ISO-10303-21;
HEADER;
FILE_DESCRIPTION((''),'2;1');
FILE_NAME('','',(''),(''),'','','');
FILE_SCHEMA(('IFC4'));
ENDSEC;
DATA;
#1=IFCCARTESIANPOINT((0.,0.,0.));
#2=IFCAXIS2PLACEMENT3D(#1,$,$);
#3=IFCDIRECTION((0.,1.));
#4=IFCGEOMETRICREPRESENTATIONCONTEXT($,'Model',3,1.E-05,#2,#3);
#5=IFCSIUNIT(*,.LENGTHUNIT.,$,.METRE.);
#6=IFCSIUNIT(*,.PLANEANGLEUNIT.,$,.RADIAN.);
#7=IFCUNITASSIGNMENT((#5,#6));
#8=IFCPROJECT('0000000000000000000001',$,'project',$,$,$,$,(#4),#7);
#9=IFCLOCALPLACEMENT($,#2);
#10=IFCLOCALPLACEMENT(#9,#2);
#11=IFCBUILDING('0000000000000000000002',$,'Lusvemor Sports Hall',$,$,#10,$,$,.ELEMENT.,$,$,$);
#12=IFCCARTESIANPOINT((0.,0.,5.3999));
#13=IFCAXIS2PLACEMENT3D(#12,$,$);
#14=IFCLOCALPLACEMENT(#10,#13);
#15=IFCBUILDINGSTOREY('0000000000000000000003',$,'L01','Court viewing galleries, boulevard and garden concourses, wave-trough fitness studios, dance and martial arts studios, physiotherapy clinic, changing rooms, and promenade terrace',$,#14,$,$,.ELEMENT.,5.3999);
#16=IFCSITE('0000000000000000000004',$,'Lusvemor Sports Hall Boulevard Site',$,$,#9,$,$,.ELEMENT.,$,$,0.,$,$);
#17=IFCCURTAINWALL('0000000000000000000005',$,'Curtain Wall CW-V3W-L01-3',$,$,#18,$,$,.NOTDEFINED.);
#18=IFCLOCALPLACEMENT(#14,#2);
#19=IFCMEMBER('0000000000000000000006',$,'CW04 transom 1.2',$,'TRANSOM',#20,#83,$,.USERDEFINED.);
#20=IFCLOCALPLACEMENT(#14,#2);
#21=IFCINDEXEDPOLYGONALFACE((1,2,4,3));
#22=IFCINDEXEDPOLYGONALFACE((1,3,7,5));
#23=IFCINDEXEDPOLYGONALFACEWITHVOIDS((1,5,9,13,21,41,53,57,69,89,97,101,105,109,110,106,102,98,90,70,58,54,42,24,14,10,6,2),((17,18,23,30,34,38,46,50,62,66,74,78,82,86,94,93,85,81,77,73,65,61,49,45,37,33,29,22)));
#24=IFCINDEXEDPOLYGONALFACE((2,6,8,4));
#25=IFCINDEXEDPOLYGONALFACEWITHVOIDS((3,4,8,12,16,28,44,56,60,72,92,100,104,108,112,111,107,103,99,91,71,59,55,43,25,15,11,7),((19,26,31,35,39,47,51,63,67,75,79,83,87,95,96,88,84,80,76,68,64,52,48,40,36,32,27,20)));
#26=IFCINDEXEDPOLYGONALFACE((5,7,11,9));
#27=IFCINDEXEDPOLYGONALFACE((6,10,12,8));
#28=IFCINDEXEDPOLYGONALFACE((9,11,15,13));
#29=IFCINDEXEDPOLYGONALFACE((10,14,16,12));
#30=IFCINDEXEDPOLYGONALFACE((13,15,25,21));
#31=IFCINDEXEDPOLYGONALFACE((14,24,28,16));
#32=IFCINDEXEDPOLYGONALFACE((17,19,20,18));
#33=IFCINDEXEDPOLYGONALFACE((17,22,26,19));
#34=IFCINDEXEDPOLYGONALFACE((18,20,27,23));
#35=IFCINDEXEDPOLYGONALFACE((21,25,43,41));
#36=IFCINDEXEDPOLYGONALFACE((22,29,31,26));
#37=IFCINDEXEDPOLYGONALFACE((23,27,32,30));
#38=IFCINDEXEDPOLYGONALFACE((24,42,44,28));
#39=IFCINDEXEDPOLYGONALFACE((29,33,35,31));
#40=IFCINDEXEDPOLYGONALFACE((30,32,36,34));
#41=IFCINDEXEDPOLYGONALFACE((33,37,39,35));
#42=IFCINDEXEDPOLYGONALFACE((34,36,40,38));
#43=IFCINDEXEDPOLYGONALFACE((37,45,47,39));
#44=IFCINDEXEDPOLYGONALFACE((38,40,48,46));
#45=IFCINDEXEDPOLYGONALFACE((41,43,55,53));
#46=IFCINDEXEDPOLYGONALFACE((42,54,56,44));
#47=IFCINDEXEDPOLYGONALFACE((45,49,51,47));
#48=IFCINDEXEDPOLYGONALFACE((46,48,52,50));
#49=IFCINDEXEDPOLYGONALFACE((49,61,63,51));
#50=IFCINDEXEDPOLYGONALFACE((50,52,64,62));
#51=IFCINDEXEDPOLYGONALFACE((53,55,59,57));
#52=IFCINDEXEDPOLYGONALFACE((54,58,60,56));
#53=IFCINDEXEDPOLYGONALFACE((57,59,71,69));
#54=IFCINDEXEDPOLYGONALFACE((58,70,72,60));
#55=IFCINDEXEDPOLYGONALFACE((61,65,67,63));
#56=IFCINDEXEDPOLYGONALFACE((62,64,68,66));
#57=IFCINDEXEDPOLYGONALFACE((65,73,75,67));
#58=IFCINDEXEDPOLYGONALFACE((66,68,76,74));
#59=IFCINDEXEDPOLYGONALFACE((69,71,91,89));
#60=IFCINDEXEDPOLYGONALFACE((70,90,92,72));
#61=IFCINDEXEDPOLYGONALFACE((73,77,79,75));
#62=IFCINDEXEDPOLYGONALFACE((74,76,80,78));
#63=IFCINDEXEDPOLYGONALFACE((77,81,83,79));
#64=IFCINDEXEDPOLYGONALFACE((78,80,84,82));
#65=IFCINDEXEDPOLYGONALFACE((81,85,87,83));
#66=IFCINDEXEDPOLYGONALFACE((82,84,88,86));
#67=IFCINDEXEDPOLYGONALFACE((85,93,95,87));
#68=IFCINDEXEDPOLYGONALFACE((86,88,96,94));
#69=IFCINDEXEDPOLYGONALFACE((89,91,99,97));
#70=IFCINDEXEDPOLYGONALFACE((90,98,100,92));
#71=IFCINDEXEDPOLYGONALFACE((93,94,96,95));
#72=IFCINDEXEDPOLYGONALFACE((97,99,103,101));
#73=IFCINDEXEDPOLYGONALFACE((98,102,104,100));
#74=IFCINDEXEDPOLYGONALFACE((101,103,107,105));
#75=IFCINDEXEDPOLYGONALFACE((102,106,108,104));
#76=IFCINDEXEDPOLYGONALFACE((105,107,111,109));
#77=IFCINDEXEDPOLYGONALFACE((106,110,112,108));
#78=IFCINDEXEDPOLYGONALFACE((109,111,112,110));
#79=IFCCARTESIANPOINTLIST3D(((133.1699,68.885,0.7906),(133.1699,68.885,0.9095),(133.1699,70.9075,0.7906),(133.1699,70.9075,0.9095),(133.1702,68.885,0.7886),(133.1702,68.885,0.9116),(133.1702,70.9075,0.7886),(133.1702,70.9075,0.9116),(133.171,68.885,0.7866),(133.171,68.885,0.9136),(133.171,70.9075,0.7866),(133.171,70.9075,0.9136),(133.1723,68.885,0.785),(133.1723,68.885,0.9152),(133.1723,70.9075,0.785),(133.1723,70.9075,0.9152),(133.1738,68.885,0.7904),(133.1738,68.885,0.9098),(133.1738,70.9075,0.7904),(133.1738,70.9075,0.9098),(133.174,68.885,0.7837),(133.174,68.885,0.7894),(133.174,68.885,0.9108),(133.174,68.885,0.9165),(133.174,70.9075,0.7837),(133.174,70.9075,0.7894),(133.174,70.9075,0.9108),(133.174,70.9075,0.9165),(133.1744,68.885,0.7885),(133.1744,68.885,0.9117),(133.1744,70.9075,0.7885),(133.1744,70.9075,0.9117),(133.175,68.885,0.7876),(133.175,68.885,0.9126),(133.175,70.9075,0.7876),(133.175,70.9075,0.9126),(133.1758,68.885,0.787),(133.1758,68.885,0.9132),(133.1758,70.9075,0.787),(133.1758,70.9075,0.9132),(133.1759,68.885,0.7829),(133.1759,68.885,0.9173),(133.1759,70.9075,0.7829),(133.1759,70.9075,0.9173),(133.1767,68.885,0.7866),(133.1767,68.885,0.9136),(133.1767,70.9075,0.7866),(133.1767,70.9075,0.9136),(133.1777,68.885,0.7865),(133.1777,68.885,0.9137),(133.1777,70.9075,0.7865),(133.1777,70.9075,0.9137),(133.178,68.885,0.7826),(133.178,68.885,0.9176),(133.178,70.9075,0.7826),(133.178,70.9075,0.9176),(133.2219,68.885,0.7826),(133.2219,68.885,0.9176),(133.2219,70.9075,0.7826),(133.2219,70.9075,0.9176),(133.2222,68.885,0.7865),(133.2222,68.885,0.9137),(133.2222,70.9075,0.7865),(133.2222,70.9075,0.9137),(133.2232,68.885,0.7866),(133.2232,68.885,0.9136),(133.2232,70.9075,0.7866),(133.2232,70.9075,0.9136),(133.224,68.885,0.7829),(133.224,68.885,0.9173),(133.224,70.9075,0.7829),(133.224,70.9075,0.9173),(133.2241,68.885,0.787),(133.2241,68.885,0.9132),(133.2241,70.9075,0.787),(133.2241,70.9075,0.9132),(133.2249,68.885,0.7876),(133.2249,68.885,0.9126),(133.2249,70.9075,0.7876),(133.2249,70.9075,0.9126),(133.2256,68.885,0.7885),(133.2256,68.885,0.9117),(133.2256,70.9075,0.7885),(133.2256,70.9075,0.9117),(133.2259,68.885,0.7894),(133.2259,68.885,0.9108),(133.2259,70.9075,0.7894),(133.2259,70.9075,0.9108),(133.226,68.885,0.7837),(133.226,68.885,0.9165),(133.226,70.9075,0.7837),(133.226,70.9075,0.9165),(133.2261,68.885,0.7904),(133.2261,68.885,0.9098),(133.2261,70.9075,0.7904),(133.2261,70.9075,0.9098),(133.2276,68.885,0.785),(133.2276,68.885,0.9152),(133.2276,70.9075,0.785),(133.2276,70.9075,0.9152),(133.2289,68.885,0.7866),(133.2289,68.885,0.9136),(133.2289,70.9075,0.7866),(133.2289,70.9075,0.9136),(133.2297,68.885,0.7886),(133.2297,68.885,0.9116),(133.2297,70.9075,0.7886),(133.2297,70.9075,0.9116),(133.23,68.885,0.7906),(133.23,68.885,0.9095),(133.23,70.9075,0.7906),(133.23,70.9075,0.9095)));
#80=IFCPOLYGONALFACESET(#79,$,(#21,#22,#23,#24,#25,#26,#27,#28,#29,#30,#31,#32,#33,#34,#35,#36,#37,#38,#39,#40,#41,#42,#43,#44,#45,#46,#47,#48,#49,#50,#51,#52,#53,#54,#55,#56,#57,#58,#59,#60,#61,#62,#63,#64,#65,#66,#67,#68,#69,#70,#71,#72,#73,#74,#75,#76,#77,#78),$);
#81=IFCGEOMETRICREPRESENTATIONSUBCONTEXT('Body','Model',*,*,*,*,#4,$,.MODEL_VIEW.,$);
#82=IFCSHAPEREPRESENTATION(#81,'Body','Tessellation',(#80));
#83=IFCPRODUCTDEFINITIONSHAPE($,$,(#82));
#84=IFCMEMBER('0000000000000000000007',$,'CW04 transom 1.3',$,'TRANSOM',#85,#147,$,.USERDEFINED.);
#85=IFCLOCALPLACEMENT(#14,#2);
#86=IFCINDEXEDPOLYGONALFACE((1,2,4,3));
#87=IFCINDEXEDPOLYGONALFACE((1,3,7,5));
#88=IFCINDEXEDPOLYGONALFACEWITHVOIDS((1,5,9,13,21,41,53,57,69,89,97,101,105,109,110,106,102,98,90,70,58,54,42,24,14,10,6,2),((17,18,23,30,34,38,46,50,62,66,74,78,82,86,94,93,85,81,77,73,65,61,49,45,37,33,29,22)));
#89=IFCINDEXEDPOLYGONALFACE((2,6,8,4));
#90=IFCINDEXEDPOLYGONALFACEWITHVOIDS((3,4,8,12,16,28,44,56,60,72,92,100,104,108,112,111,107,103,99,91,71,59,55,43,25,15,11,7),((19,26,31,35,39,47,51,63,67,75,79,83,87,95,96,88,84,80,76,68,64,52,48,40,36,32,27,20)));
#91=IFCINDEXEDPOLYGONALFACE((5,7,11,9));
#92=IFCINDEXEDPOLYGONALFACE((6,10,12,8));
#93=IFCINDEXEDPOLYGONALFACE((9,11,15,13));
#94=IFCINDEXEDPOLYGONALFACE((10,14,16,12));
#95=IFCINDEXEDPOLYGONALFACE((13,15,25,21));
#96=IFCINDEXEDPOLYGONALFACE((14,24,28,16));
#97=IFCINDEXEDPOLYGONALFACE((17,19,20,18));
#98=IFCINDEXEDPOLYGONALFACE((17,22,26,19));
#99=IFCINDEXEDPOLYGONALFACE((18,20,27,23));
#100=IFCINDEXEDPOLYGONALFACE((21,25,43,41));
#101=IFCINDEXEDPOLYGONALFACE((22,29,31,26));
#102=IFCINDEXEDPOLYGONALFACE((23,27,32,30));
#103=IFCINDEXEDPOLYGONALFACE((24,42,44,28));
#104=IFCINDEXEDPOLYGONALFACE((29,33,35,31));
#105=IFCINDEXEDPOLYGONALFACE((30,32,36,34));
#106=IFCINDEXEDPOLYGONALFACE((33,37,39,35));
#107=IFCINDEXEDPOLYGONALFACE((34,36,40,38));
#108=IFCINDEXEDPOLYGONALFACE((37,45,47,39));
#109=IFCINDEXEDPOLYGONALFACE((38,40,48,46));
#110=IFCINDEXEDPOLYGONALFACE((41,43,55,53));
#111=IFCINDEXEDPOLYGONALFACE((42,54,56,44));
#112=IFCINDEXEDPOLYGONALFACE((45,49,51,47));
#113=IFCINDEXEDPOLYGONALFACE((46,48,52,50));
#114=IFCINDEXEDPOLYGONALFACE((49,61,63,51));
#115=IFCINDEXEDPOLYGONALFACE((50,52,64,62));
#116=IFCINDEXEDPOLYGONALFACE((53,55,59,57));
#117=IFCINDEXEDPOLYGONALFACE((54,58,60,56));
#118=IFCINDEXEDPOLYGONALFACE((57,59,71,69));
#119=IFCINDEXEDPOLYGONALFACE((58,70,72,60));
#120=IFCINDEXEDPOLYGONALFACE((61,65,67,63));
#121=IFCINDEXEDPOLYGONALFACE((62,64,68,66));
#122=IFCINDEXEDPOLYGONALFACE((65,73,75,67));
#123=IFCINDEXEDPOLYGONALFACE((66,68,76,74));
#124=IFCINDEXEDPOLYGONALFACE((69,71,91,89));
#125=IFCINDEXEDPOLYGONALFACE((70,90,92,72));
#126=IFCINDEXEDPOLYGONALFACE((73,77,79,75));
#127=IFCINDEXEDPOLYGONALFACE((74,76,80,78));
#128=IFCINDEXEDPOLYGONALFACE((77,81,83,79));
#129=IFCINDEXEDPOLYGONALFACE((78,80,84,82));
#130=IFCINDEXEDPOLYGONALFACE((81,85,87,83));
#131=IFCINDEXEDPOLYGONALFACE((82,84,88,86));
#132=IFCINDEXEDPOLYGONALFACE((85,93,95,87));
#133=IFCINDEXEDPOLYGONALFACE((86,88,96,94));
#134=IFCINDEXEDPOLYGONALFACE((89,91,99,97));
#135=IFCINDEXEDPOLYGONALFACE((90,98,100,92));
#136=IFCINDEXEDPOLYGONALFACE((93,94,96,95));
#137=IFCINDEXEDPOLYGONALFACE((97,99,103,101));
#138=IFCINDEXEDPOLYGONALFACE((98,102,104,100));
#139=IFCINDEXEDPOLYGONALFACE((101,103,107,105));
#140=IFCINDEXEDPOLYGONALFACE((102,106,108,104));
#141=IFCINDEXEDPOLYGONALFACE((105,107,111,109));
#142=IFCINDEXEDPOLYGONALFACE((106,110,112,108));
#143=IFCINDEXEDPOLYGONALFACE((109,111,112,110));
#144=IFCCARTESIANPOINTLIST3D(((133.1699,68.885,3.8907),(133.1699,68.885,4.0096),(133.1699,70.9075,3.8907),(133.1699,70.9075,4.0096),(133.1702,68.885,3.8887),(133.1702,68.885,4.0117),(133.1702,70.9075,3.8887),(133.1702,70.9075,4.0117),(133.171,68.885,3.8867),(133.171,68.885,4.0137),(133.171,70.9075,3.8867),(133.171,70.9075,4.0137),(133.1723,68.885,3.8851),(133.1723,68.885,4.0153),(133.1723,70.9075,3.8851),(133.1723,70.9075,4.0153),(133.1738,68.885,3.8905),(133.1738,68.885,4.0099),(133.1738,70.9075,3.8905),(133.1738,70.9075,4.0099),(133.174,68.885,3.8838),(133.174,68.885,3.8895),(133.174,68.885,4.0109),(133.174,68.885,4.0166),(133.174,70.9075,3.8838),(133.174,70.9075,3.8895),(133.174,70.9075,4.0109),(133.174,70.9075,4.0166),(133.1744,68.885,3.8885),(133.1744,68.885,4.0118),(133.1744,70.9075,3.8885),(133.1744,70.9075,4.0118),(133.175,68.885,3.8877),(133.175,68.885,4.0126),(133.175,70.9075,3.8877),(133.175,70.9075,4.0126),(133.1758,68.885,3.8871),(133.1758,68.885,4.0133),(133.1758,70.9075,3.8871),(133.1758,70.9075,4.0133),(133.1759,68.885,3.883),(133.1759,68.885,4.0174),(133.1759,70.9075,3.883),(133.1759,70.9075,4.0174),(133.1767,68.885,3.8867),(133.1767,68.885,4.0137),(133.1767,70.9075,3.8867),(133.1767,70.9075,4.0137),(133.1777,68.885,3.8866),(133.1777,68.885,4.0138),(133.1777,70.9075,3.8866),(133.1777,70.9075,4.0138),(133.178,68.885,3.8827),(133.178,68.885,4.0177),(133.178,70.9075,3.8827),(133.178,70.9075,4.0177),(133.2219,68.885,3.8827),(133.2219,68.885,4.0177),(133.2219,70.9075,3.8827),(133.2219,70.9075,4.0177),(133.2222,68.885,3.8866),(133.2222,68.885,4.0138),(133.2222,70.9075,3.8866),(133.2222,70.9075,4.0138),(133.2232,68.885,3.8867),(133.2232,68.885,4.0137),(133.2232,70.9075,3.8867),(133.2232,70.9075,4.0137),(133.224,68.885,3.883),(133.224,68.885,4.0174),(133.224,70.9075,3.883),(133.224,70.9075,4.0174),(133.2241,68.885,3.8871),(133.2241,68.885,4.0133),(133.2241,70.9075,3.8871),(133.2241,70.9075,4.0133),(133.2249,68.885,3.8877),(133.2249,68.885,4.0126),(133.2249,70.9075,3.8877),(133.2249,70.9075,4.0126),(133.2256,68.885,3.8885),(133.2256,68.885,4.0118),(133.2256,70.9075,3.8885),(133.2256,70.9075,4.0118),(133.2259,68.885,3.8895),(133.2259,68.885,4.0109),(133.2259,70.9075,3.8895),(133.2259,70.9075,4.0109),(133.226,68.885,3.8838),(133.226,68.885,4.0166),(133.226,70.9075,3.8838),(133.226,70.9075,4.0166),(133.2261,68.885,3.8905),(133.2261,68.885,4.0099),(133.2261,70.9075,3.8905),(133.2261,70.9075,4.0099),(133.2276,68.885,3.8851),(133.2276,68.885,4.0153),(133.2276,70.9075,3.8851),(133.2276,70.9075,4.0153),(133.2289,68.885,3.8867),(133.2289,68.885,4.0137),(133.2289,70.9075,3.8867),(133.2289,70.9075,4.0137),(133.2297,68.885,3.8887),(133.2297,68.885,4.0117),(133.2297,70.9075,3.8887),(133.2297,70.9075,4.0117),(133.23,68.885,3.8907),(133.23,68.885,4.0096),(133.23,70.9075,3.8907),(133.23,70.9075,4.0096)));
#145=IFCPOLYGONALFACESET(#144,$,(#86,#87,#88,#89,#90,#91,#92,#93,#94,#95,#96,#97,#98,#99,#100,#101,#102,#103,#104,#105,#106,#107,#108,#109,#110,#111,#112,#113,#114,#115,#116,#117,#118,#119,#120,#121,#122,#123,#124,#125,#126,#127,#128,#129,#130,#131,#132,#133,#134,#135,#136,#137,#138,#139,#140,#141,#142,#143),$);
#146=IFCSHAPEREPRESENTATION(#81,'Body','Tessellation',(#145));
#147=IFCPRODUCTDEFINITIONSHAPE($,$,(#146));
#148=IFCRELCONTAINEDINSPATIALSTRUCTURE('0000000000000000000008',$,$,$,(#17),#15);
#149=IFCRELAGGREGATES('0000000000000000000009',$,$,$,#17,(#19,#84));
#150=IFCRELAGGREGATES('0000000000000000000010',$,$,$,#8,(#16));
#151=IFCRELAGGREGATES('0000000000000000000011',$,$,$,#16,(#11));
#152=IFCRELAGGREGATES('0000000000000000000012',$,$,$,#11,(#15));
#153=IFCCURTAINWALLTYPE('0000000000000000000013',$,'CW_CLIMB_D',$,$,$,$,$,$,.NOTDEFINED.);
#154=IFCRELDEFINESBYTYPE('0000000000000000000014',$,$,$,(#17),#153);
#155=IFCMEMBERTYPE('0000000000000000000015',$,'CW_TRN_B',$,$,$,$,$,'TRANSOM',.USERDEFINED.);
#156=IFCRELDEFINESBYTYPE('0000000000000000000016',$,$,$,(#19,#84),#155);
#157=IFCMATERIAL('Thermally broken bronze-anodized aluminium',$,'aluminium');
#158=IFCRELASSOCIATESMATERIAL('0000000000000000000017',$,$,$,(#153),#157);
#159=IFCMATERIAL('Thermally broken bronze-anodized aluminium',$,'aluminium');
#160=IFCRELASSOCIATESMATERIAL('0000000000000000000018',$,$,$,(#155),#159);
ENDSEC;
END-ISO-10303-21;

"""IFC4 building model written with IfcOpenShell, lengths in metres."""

from ifc_helpers import new_model, si_unit, direction, frame, origin, origin_2d, place, context, subcontext, project, spatial, hollow_rectangle, extrude, material, material_profile, profile_set, type_object, element, aggregate, save


model = new_model("IFC4")

# Units and contexts
model_context = context("Model", 3, precision=1e-05, world=origin(), true_north=direction((0.0, 1.0)))
body_context = subcontext(model_context, "Body", "Model", "MODEL_VIEW")
ifc_project = project(units=[si_unit("LENGTHUNIT", "METRE"), si_unit("PLANEANGLEUNIT", "RADIAN")], contexts=[model_context])

# Site, building, storey
site_placement = place(None, origin())
site = spatial("IfcSite", under=ifc_project, at=site_placement, Name="Lusvemor Sports Hall Boulevard Site", CompositionType="ELEMENT", RefElevation=0.0)
building_placement = place(site_placement, origin())
building = spatial("IfcBuilding", under=site, at=building_placement, Name="Lusvemor Sports Hall", CompositionType="ELEMENT")
storey_placement = place(building_placement, frame((0.0, 0.0, 5.3999)))
storey = spatial("IfcBuildingStorey", under=building, at=storey_placement, Name="L01", Description="Court viewing galleries, boulevard and garden concourses, wave-trough fitness studios, dance and martial arts studios, physiotherapy clinic, changing rooms, and promenade terrace", CompositionType="ELEMENT", Elevation=5.3999)

# Shared definitions
ifc_material_1 = material(Name="Thermally broken bronze-anodized aluminium", Category="aluminium")
curtain_wall_type = type_object("IfcCurtainWallType", Name="CW_CLIMB_D", PredefinedType="NOTDEFINED", material=ifc_material_1)

# Curtain wall
curtain_wall_1_placement = place(storey_placement, origin())
curtain_wall_1 = element("IfcCurtainWall", 1, at=curtain_wall_1_placement, inside=storey, type_object=curtain_wall_type, Name="Curtain Wall CW-V3W-L01-3", PredefinedType="NOTDEFINED")

# Members
ifc_material_2 = material(Name="Thermally broken bronze-anodized aluminium", Category="aluminium")
ifc_material_profile_1 = material_profile(ifc_material_2, hollow_rectangle(XDim=0.0601, YDim=0.135, WallThickness=0.0039, InnerFilletRadius=0.0039, OuterFilletRadius=0.0081, at=origin_2d()), Name="CWTRN135x60x4")
ifc_profile_set_1 = profile_set([ifc_material_profile_1], Name="Thermally broken bronze-anodized aluminium")
member_type_1 = type_object("IfcMemberType", Name="CW_TRN_B", ElementType="TRANSOM", PredefinedType="USERDEFINED", material=ifc_profile_set_1)
member_1_placement = place(storey_placement, frame((133.2, 68.885, 0.8501), z_axis=(0.0, 1.0, 0.0), x_axis=(-1.0, 0.0, 0.0)))
member_1 = element("IfcMember", 2, at=member_1_placement, type_object=member_type_1, Name="CW04 transom 1.2", ObjectType="TRANSOM", PredefinedType="USERDEFINED", context=body_context, shape_type="SweptSolid", body=[
    extrude(hollow_rectangle(XDim=0.0601, YDim=0.135, WallThickness=0.0039, InnerFilletRadius=0.0039, OuterFilletRadius=0.0081, at=origin_2d()), origin(), (0.0, 0.0, 1.0), 2.0225),
])
member_2_placement = place(storey_placement, frame((133.2, 68.885, 3.9502), z_axis=(0.0, 1.0, 0.0), x_axis=(-1.0, 0.0, 0.0)))
member_2 = element("IfcMember", 3, at=member_2_placement, type_object=member_type_1, Name="CW04 transom 1.3", ObjectType="TRANSOM", PredefinedType="USERDEFINED", context=body_context, shape_type="SweptSolid", body=[
    extrude(hollow_rectangle(XDim=0.0601, YDim=0.135, WallThickness=0.0039, InnerFilletRadius=0.0039, OuterFilletRadius=0.0081, at=origin_2d()), origin(), (0.0, 0.0, 1.0), 2.0225),
])

aggregate(curtain_wall_1, [member_1, member_2])

save(model, "model.ifc")
